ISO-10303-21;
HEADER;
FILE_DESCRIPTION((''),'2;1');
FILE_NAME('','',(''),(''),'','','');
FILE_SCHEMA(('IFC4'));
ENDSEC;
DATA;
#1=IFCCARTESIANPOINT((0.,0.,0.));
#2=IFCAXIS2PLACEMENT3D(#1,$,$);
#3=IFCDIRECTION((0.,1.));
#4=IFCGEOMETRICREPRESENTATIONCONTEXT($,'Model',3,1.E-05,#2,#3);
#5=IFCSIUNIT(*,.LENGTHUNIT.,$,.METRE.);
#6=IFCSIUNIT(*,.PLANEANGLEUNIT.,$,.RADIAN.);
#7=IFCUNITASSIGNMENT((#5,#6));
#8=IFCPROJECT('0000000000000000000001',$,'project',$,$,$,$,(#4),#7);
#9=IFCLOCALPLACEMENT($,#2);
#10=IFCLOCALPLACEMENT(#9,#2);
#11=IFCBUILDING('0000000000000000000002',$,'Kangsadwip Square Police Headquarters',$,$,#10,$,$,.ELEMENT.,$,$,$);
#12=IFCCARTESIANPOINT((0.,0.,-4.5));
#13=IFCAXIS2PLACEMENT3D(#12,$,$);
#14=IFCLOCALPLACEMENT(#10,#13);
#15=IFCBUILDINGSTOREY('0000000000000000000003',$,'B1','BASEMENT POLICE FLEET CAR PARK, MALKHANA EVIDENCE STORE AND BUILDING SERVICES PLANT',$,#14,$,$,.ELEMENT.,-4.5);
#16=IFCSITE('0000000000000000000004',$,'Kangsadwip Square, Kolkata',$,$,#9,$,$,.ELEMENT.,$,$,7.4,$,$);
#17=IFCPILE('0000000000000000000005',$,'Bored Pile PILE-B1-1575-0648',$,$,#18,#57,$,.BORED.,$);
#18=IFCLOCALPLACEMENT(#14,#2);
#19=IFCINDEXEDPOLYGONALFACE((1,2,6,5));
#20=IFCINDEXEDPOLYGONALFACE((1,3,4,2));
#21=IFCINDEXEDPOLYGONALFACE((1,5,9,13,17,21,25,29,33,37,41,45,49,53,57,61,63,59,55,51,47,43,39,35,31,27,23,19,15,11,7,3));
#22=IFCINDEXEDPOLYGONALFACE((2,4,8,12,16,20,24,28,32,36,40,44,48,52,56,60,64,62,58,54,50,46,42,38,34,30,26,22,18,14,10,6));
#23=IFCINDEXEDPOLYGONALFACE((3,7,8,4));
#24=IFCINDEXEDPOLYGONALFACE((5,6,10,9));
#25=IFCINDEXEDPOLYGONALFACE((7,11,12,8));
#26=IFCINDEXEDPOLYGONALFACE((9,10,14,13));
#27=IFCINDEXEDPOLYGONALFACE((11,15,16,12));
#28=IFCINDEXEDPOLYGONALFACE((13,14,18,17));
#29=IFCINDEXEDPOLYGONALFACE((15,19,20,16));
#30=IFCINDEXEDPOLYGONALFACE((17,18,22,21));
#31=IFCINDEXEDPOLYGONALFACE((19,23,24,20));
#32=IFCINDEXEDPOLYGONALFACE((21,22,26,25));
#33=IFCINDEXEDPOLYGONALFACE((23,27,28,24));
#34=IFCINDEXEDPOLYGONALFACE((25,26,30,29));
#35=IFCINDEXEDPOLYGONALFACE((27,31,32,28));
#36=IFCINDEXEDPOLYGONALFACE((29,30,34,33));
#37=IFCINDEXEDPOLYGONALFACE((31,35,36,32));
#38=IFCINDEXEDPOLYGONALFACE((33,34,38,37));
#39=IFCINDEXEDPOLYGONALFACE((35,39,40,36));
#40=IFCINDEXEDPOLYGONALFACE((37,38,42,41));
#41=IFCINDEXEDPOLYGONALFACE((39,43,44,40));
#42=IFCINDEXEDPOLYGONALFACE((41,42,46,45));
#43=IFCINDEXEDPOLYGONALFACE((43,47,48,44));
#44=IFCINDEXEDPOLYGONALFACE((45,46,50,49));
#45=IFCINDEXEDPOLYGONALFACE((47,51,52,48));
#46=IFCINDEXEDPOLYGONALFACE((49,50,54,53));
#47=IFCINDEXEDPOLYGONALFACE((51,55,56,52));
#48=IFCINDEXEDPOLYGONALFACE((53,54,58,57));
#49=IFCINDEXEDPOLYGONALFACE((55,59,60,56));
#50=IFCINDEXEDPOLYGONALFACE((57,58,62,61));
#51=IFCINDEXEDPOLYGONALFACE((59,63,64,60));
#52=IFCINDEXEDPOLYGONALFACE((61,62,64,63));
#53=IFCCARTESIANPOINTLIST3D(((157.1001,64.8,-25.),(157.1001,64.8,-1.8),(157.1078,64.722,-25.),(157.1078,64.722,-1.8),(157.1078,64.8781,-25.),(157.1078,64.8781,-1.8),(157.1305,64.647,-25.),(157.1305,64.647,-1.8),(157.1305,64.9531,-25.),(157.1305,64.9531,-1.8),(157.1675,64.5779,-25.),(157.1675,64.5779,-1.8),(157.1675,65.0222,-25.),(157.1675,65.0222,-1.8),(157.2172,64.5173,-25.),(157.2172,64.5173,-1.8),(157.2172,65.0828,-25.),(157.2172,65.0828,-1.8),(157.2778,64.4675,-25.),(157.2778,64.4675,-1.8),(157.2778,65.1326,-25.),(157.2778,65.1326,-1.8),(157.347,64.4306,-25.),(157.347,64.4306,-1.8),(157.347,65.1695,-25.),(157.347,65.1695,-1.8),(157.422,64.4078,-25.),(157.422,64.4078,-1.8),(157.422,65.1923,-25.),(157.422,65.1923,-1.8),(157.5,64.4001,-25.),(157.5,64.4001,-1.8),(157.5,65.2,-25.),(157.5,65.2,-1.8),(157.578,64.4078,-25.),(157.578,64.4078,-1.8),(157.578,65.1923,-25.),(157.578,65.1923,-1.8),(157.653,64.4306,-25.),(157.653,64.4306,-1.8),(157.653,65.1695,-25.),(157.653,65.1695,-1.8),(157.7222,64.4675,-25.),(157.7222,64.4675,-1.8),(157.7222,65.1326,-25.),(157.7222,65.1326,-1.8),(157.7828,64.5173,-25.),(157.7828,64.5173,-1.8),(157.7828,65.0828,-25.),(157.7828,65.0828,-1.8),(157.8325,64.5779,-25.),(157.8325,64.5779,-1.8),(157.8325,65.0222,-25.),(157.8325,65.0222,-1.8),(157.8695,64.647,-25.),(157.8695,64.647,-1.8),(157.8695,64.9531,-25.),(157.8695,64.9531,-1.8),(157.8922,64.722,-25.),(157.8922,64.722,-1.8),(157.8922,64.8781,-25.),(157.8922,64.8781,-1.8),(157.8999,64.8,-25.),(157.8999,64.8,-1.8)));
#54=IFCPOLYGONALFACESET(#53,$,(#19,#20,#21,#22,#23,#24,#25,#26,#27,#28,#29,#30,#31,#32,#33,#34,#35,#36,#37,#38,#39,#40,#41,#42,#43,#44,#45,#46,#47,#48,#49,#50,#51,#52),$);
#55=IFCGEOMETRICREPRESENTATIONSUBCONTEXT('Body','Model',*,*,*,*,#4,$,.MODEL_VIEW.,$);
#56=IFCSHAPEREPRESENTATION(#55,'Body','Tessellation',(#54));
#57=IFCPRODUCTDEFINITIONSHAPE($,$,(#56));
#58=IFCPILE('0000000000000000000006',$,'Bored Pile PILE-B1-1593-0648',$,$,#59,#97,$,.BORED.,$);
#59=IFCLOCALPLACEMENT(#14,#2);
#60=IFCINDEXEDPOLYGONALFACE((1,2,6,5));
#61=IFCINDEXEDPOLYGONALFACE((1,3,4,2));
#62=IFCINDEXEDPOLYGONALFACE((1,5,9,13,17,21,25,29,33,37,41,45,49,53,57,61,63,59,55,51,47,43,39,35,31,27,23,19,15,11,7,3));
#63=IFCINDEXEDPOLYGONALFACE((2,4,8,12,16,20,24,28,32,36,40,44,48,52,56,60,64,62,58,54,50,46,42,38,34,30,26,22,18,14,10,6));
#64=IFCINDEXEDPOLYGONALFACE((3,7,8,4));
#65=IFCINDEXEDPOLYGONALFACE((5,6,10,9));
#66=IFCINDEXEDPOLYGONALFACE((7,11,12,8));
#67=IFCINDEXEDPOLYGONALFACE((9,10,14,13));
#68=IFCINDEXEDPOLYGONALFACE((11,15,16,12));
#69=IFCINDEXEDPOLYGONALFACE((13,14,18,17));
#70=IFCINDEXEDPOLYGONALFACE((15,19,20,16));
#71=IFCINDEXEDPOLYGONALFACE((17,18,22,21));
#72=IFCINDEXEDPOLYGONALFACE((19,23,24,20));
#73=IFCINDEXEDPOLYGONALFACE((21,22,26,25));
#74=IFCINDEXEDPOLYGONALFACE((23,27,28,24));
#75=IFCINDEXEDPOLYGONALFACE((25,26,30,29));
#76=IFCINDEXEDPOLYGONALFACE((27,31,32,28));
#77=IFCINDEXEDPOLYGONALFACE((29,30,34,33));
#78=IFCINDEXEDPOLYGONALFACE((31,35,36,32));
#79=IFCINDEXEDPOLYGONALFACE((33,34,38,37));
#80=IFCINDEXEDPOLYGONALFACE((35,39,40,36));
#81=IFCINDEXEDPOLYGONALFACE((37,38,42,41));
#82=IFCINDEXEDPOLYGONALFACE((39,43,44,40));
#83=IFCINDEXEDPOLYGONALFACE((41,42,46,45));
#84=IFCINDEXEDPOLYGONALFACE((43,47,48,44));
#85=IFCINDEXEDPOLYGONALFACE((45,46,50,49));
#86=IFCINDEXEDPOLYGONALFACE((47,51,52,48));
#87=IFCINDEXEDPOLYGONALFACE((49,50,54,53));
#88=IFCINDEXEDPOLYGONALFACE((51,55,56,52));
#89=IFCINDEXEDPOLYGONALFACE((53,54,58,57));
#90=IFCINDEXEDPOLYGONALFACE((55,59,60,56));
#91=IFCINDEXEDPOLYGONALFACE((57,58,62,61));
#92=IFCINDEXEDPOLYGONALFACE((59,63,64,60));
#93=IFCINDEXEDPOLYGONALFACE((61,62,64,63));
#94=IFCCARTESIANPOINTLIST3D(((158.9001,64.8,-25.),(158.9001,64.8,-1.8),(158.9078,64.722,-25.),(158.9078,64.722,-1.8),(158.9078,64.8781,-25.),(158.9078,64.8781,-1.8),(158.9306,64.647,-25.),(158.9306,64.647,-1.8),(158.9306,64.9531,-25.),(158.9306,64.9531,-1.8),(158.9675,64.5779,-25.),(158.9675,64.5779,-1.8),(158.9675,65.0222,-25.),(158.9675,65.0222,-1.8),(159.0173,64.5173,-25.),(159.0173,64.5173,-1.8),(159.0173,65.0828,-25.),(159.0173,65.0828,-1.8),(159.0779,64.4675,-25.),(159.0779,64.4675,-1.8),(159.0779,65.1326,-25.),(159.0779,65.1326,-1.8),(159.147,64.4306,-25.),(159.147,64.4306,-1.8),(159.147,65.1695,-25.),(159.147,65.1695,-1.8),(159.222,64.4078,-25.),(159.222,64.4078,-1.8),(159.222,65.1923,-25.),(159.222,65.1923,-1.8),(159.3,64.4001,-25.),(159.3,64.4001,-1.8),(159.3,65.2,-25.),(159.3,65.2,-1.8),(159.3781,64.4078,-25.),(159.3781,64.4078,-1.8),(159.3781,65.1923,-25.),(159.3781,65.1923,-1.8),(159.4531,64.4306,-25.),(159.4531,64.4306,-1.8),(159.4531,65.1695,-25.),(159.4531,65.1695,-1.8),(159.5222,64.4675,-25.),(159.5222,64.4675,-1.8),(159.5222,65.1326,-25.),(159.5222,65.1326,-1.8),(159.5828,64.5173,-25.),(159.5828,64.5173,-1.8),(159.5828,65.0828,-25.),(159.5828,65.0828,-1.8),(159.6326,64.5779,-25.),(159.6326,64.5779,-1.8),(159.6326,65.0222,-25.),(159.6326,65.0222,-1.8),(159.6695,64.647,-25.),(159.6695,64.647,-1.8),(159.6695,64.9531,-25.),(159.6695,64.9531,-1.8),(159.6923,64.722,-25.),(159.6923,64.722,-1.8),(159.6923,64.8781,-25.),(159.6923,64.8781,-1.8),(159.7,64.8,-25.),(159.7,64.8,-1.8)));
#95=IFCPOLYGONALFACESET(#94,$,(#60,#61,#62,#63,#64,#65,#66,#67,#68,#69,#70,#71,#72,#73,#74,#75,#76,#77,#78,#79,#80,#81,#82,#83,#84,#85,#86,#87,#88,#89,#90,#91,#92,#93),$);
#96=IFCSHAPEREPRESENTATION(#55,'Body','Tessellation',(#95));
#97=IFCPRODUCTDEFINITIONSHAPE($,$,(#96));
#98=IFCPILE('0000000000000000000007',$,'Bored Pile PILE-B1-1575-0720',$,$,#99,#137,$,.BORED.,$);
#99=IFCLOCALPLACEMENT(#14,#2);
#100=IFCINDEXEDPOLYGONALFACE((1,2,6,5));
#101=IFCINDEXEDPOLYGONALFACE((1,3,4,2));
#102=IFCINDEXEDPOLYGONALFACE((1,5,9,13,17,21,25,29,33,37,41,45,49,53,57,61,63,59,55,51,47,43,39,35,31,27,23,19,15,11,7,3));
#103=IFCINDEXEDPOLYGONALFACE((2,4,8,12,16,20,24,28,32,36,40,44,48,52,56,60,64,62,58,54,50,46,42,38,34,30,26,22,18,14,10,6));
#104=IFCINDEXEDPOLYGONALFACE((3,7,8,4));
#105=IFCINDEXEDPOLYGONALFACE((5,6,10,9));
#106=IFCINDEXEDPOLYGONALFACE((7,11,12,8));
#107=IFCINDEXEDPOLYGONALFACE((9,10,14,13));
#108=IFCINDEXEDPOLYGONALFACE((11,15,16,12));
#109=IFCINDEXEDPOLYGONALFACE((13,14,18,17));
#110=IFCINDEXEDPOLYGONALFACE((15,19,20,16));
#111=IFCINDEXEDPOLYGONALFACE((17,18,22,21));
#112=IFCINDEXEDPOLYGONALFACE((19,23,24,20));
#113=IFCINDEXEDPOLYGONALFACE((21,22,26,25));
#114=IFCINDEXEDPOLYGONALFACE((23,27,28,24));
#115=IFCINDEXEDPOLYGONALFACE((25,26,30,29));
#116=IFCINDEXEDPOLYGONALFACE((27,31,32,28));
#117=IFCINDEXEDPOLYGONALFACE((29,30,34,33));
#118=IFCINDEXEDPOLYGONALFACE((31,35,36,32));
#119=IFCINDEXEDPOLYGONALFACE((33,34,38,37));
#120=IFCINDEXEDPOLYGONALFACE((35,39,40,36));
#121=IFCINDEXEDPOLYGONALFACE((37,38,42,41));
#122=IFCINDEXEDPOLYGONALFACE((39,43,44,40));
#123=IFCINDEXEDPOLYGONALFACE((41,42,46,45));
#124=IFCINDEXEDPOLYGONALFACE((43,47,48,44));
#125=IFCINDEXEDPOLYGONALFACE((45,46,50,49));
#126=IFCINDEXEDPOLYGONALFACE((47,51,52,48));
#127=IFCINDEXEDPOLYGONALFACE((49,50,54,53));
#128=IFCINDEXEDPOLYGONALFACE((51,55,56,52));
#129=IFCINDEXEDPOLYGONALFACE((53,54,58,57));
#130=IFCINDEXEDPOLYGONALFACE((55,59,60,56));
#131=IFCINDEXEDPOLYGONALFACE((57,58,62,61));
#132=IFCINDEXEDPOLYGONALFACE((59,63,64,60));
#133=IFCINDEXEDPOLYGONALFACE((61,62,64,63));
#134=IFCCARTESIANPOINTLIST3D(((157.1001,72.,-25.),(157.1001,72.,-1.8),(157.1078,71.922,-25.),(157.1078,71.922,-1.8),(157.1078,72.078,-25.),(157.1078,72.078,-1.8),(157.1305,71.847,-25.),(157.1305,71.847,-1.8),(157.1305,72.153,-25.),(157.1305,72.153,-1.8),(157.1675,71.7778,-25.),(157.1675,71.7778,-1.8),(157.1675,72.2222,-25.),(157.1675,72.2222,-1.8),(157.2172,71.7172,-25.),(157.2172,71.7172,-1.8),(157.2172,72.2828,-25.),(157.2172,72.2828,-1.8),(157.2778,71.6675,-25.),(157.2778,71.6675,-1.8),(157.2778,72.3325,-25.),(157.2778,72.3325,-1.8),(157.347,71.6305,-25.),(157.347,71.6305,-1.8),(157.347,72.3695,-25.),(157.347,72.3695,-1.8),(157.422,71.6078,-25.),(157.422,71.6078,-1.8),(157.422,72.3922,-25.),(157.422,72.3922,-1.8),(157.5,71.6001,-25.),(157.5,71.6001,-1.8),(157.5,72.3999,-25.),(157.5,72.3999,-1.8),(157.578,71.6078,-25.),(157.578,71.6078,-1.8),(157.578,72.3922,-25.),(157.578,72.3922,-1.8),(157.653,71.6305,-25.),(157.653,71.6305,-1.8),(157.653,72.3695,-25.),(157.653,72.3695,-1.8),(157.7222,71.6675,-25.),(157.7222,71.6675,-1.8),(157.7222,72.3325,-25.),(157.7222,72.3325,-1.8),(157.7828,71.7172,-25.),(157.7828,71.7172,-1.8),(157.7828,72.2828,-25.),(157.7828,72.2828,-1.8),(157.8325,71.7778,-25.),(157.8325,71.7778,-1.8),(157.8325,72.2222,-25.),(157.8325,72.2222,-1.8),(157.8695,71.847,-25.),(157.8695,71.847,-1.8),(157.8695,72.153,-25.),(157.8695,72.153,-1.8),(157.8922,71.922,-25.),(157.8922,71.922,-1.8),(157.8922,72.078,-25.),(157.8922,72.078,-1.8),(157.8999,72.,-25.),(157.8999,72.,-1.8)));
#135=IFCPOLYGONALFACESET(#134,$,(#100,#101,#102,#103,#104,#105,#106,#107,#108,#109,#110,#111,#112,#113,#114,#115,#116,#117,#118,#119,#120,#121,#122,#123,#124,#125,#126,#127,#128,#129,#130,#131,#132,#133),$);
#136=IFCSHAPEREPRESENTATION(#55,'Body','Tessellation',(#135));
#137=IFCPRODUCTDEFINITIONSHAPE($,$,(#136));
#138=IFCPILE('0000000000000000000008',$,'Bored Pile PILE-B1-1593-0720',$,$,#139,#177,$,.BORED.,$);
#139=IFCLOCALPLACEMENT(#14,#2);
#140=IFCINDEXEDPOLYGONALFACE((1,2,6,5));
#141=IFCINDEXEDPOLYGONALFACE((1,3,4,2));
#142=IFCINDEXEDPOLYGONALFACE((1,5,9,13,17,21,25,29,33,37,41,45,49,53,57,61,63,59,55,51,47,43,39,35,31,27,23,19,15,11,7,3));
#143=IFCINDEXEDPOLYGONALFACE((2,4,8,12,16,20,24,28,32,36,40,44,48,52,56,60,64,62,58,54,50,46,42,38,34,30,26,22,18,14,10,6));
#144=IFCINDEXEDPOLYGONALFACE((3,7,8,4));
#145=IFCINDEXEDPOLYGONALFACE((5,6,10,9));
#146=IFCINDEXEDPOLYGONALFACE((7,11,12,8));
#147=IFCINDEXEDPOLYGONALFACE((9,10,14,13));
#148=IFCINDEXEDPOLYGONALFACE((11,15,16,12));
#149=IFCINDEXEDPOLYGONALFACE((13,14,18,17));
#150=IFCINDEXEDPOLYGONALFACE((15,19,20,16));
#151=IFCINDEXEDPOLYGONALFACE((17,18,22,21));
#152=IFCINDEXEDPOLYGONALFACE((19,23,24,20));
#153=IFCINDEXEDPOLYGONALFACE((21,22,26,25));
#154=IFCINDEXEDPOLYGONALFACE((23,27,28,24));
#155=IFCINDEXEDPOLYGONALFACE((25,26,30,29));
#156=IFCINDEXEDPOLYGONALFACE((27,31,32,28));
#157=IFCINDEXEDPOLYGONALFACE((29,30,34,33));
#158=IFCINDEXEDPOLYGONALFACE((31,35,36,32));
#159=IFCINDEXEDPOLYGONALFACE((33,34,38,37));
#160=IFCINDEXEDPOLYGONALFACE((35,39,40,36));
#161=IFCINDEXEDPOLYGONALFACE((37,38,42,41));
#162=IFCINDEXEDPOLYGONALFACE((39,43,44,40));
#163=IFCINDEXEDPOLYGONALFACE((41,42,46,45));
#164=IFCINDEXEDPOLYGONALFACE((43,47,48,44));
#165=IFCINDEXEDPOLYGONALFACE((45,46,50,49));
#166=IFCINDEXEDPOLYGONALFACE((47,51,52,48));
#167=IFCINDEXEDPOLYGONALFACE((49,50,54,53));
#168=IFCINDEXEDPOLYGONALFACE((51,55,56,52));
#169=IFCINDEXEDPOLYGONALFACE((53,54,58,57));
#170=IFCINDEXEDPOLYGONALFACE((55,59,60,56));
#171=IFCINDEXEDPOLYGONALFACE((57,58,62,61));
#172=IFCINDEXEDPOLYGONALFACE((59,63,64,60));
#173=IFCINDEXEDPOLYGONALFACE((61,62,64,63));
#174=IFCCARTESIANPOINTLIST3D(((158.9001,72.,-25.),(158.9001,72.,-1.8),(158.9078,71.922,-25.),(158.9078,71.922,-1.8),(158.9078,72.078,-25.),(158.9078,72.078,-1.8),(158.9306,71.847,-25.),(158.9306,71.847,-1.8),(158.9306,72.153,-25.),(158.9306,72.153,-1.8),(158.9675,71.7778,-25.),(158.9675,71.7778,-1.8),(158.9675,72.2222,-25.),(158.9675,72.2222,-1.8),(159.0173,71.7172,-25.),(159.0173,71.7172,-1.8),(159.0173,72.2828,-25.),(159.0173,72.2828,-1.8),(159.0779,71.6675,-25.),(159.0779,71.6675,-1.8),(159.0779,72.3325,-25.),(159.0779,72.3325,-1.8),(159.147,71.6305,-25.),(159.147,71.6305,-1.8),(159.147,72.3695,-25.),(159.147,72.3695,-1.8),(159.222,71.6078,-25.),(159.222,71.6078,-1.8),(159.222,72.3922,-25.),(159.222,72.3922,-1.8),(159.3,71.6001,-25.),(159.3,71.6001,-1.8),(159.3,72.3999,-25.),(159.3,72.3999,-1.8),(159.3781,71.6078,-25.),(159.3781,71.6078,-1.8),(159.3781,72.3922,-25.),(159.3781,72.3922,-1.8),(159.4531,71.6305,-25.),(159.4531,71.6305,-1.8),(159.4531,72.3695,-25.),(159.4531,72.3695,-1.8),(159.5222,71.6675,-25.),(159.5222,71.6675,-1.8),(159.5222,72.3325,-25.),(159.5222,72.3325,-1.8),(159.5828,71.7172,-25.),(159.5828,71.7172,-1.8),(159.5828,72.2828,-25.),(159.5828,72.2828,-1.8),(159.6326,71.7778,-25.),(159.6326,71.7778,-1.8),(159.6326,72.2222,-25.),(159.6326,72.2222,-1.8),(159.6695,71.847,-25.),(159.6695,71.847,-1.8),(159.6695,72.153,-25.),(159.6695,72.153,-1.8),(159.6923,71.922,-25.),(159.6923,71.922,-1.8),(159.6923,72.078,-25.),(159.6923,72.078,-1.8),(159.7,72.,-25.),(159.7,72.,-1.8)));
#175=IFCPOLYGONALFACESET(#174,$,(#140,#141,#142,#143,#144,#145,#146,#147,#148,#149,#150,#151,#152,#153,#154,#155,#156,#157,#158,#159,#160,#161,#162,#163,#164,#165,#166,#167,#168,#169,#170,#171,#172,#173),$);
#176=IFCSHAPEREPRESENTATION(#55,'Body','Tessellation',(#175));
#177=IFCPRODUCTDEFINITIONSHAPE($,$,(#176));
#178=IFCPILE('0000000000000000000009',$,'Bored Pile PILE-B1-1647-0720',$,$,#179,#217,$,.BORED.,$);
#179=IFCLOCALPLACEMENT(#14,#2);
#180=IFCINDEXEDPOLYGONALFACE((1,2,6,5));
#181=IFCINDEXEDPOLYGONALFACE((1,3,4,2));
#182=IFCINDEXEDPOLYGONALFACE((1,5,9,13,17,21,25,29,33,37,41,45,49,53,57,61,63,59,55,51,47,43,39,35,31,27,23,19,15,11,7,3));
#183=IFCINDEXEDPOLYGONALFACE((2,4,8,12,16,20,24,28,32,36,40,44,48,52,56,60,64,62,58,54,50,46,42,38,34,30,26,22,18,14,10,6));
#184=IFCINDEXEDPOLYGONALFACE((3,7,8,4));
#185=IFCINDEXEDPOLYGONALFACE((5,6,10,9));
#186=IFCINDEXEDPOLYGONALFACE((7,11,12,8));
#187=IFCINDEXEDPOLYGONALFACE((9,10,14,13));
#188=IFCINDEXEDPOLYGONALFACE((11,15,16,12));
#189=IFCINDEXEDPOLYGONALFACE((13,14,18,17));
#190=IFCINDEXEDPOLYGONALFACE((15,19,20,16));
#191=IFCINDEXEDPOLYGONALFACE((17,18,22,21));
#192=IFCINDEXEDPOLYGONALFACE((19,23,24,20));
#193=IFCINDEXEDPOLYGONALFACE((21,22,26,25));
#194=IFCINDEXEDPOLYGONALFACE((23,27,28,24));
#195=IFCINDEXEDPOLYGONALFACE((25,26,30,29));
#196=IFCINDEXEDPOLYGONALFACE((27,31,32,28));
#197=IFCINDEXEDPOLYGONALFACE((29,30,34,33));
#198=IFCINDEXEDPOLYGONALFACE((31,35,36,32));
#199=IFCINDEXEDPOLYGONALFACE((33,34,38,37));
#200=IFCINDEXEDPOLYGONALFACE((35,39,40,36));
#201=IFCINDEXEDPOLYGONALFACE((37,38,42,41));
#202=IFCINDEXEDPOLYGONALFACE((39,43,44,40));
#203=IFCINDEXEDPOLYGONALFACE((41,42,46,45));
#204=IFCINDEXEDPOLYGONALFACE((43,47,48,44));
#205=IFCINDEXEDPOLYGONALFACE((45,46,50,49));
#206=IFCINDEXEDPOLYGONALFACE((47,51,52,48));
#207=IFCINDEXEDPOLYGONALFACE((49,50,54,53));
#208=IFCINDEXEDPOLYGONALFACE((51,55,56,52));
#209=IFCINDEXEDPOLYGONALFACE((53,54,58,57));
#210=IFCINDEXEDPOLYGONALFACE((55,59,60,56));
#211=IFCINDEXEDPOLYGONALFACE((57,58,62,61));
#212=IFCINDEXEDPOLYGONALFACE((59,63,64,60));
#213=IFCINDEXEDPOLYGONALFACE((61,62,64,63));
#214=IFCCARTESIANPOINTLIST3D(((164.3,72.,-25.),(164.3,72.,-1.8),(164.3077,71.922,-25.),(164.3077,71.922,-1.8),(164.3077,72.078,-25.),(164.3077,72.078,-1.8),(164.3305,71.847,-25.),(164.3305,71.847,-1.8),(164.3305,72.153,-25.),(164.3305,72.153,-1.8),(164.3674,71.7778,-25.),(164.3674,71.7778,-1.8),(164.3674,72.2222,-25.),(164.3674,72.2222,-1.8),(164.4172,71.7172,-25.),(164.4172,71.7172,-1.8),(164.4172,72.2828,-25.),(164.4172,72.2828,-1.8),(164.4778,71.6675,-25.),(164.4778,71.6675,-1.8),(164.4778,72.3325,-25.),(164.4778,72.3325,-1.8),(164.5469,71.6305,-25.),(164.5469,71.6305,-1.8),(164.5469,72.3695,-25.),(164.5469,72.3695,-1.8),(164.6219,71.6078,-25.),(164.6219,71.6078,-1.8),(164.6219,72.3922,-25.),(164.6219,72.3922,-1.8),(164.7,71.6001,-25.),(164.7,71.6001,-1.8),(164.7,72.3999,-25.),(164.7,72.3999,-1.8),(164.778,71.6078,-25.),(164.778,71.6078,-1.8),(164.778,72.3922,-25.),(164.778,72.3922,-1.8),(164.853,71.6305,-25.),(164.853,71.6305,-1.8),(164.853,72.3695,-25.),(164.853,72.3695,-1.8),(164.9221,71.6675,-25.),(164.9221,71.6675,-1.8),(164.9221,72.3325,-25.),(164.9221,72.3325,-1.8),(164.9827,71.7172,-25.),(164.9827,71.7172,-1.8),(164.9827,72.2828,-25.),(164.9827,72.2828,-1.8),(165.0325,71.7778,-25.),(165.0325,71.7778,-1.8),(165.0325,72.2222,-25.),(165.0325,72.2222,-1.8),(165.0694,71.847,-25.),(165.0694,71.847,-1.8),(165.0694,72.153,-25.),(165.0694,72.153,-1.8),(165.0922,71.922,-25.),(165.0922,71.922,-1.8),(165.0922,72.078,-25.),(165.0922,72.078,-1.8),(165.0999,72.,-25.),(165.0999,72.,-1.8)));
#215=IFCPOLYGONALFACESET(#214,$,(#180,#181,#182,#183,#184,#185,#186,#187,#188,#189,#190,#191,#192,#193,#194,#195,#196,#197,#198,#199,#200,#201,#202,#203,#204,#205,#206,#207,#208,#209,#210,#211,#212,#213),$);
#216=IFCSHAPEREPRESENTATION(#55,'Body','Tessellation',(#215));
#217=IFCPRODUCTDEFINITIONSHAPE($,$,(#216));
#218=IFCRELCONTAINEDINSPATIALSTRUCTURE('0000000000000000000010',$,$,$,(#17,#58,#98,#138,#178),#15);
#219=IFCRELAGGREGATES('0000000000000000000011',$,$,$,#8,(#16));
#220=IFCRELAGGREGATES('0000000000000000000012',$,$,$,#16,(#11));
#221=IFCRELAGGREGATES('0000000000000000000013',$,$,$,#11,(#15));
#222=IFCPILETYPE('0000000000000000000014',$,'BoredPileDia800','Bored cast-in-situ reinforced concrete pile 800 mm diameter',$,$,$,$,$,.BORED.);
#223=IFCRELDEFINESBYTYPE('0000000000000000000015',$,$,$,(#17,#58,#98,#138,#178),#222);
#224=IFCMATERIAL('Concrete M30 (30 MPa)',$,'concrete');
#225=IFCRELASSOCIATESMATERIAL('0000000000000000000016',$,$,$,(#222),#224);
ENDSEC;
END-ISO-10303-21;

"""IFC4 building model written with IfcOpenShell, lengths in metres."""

from ifc_helpers import new_model, si_unit, direction, frame, origin, origin_2d, place, context, subcontext, project, spatial, circle, extrude, material, material_profile, profile_set, type_object, element, save


model = new_model("IFC4")

# Units and contexts
model_context = context("Model", 3, precision=1e-05, world=origin(), true_north=direction((0.0, 1.0)))
body_context = subcontext(model_context, "Body", "Model", "MODEL_VIEW")
ifc_project = project(units=[si_unit("LENGTHUNIT", "METRE"), si_unit("PLANEANGLEUNIT", "RADIAN")], contexts=[model_context])

# Site, building, storey
site_placement = place(None, origin())
site = spatial("IfcSite", under=ifc_project, at=site_placement, Name="Kangsadwip Square, Kolkata", CompositionType="ELEMENT", RefElevation=7.4)
building_placement = place(site_placement, origin())
building = spatial("IfcBuilding", under=site, at=building_placement, Name="Kangsadwip Square Police Headquarters", CompositionType="ELEMENT")
storey_placement = place(building_placement, frame((0.0, 0.0, -4.5)))
storey = spatial("IfcBuildingStorey", under=building, at=storey_placement, Name="B1", Description="BASEMENT POLICE FLEET CAR PARK, MALKHANA EVIDENCE STORE AND BUILDING SERVICES PLANT", CompositionType="ELEMENT", Elevation=-4.5)

# Piles
ifc_material_1 = material(Name="Concrete M30 (30 MPa)", Category="concrete")
ifc_material_profile_1 = material_profile(ifc_material_1, circle(Radius=0.3999, at=origin_2d()), Name="PILE DIA 800")
ifc_profile_set_1 = profile_set([ifc_material_profile_1], Name="Concrete M30 (30 MPa)")
pile_type_1 = type_object("IfcPileType", Name="BoredPileDia800", Description="Bored cast-in-situ reinforced concrete pile 800 mm diameter", PredefinedType="BORED", material=ifc_profile_set_1)
for number, where, z_axis, x_axis, name in (
    (1, (157.5, 64.8, -1.8), (0.0, 0.0, -1.0), (1.0, 0.0, 0.0), "Bored Pile PILE-B1-1575-0648"),
    (2, (159.3, 64.8, -1.8), (0.0, 0.0, -1.0), (1.0, 0.0, 0.0), "Bored Pile PILE-B1-1593-0648"),
    (3, (157.5, 72.0, -1.8), (0.0, 0.0, -1.0), (1.0, 0.0, 0.0), "Bored Pile PILE-B1-1575-0720"),
    (4, (159.3, 72.0, -1.8), (0.0, 0.0, -1.0), (1.0, 0.0, 0.0), "Bored Pile PILE-B1-1593-0720"),
    (5, (164.7, 72.0, -1.8), (0.0, 0.0, -1.0), (1.0, 0.0, 0.0), "Bored Pile PILE-B1-1647-0720"),
):
    element("IfcPile", number, at=place(storey_placement, frame(where, z_axis=z_axis, x_axis=x_axis)), inside=storey, type_object=pile_type_1, Name=name, PredefinedType="BORED", context=body_context, shape_type="SweptSolid", body=[
        extrude(circle(Radius=0.3999, at=origin_2d()), origin(), (0.0, 0.0, 1.0), 23.2),
    ])

save(model, "model.ifc")
